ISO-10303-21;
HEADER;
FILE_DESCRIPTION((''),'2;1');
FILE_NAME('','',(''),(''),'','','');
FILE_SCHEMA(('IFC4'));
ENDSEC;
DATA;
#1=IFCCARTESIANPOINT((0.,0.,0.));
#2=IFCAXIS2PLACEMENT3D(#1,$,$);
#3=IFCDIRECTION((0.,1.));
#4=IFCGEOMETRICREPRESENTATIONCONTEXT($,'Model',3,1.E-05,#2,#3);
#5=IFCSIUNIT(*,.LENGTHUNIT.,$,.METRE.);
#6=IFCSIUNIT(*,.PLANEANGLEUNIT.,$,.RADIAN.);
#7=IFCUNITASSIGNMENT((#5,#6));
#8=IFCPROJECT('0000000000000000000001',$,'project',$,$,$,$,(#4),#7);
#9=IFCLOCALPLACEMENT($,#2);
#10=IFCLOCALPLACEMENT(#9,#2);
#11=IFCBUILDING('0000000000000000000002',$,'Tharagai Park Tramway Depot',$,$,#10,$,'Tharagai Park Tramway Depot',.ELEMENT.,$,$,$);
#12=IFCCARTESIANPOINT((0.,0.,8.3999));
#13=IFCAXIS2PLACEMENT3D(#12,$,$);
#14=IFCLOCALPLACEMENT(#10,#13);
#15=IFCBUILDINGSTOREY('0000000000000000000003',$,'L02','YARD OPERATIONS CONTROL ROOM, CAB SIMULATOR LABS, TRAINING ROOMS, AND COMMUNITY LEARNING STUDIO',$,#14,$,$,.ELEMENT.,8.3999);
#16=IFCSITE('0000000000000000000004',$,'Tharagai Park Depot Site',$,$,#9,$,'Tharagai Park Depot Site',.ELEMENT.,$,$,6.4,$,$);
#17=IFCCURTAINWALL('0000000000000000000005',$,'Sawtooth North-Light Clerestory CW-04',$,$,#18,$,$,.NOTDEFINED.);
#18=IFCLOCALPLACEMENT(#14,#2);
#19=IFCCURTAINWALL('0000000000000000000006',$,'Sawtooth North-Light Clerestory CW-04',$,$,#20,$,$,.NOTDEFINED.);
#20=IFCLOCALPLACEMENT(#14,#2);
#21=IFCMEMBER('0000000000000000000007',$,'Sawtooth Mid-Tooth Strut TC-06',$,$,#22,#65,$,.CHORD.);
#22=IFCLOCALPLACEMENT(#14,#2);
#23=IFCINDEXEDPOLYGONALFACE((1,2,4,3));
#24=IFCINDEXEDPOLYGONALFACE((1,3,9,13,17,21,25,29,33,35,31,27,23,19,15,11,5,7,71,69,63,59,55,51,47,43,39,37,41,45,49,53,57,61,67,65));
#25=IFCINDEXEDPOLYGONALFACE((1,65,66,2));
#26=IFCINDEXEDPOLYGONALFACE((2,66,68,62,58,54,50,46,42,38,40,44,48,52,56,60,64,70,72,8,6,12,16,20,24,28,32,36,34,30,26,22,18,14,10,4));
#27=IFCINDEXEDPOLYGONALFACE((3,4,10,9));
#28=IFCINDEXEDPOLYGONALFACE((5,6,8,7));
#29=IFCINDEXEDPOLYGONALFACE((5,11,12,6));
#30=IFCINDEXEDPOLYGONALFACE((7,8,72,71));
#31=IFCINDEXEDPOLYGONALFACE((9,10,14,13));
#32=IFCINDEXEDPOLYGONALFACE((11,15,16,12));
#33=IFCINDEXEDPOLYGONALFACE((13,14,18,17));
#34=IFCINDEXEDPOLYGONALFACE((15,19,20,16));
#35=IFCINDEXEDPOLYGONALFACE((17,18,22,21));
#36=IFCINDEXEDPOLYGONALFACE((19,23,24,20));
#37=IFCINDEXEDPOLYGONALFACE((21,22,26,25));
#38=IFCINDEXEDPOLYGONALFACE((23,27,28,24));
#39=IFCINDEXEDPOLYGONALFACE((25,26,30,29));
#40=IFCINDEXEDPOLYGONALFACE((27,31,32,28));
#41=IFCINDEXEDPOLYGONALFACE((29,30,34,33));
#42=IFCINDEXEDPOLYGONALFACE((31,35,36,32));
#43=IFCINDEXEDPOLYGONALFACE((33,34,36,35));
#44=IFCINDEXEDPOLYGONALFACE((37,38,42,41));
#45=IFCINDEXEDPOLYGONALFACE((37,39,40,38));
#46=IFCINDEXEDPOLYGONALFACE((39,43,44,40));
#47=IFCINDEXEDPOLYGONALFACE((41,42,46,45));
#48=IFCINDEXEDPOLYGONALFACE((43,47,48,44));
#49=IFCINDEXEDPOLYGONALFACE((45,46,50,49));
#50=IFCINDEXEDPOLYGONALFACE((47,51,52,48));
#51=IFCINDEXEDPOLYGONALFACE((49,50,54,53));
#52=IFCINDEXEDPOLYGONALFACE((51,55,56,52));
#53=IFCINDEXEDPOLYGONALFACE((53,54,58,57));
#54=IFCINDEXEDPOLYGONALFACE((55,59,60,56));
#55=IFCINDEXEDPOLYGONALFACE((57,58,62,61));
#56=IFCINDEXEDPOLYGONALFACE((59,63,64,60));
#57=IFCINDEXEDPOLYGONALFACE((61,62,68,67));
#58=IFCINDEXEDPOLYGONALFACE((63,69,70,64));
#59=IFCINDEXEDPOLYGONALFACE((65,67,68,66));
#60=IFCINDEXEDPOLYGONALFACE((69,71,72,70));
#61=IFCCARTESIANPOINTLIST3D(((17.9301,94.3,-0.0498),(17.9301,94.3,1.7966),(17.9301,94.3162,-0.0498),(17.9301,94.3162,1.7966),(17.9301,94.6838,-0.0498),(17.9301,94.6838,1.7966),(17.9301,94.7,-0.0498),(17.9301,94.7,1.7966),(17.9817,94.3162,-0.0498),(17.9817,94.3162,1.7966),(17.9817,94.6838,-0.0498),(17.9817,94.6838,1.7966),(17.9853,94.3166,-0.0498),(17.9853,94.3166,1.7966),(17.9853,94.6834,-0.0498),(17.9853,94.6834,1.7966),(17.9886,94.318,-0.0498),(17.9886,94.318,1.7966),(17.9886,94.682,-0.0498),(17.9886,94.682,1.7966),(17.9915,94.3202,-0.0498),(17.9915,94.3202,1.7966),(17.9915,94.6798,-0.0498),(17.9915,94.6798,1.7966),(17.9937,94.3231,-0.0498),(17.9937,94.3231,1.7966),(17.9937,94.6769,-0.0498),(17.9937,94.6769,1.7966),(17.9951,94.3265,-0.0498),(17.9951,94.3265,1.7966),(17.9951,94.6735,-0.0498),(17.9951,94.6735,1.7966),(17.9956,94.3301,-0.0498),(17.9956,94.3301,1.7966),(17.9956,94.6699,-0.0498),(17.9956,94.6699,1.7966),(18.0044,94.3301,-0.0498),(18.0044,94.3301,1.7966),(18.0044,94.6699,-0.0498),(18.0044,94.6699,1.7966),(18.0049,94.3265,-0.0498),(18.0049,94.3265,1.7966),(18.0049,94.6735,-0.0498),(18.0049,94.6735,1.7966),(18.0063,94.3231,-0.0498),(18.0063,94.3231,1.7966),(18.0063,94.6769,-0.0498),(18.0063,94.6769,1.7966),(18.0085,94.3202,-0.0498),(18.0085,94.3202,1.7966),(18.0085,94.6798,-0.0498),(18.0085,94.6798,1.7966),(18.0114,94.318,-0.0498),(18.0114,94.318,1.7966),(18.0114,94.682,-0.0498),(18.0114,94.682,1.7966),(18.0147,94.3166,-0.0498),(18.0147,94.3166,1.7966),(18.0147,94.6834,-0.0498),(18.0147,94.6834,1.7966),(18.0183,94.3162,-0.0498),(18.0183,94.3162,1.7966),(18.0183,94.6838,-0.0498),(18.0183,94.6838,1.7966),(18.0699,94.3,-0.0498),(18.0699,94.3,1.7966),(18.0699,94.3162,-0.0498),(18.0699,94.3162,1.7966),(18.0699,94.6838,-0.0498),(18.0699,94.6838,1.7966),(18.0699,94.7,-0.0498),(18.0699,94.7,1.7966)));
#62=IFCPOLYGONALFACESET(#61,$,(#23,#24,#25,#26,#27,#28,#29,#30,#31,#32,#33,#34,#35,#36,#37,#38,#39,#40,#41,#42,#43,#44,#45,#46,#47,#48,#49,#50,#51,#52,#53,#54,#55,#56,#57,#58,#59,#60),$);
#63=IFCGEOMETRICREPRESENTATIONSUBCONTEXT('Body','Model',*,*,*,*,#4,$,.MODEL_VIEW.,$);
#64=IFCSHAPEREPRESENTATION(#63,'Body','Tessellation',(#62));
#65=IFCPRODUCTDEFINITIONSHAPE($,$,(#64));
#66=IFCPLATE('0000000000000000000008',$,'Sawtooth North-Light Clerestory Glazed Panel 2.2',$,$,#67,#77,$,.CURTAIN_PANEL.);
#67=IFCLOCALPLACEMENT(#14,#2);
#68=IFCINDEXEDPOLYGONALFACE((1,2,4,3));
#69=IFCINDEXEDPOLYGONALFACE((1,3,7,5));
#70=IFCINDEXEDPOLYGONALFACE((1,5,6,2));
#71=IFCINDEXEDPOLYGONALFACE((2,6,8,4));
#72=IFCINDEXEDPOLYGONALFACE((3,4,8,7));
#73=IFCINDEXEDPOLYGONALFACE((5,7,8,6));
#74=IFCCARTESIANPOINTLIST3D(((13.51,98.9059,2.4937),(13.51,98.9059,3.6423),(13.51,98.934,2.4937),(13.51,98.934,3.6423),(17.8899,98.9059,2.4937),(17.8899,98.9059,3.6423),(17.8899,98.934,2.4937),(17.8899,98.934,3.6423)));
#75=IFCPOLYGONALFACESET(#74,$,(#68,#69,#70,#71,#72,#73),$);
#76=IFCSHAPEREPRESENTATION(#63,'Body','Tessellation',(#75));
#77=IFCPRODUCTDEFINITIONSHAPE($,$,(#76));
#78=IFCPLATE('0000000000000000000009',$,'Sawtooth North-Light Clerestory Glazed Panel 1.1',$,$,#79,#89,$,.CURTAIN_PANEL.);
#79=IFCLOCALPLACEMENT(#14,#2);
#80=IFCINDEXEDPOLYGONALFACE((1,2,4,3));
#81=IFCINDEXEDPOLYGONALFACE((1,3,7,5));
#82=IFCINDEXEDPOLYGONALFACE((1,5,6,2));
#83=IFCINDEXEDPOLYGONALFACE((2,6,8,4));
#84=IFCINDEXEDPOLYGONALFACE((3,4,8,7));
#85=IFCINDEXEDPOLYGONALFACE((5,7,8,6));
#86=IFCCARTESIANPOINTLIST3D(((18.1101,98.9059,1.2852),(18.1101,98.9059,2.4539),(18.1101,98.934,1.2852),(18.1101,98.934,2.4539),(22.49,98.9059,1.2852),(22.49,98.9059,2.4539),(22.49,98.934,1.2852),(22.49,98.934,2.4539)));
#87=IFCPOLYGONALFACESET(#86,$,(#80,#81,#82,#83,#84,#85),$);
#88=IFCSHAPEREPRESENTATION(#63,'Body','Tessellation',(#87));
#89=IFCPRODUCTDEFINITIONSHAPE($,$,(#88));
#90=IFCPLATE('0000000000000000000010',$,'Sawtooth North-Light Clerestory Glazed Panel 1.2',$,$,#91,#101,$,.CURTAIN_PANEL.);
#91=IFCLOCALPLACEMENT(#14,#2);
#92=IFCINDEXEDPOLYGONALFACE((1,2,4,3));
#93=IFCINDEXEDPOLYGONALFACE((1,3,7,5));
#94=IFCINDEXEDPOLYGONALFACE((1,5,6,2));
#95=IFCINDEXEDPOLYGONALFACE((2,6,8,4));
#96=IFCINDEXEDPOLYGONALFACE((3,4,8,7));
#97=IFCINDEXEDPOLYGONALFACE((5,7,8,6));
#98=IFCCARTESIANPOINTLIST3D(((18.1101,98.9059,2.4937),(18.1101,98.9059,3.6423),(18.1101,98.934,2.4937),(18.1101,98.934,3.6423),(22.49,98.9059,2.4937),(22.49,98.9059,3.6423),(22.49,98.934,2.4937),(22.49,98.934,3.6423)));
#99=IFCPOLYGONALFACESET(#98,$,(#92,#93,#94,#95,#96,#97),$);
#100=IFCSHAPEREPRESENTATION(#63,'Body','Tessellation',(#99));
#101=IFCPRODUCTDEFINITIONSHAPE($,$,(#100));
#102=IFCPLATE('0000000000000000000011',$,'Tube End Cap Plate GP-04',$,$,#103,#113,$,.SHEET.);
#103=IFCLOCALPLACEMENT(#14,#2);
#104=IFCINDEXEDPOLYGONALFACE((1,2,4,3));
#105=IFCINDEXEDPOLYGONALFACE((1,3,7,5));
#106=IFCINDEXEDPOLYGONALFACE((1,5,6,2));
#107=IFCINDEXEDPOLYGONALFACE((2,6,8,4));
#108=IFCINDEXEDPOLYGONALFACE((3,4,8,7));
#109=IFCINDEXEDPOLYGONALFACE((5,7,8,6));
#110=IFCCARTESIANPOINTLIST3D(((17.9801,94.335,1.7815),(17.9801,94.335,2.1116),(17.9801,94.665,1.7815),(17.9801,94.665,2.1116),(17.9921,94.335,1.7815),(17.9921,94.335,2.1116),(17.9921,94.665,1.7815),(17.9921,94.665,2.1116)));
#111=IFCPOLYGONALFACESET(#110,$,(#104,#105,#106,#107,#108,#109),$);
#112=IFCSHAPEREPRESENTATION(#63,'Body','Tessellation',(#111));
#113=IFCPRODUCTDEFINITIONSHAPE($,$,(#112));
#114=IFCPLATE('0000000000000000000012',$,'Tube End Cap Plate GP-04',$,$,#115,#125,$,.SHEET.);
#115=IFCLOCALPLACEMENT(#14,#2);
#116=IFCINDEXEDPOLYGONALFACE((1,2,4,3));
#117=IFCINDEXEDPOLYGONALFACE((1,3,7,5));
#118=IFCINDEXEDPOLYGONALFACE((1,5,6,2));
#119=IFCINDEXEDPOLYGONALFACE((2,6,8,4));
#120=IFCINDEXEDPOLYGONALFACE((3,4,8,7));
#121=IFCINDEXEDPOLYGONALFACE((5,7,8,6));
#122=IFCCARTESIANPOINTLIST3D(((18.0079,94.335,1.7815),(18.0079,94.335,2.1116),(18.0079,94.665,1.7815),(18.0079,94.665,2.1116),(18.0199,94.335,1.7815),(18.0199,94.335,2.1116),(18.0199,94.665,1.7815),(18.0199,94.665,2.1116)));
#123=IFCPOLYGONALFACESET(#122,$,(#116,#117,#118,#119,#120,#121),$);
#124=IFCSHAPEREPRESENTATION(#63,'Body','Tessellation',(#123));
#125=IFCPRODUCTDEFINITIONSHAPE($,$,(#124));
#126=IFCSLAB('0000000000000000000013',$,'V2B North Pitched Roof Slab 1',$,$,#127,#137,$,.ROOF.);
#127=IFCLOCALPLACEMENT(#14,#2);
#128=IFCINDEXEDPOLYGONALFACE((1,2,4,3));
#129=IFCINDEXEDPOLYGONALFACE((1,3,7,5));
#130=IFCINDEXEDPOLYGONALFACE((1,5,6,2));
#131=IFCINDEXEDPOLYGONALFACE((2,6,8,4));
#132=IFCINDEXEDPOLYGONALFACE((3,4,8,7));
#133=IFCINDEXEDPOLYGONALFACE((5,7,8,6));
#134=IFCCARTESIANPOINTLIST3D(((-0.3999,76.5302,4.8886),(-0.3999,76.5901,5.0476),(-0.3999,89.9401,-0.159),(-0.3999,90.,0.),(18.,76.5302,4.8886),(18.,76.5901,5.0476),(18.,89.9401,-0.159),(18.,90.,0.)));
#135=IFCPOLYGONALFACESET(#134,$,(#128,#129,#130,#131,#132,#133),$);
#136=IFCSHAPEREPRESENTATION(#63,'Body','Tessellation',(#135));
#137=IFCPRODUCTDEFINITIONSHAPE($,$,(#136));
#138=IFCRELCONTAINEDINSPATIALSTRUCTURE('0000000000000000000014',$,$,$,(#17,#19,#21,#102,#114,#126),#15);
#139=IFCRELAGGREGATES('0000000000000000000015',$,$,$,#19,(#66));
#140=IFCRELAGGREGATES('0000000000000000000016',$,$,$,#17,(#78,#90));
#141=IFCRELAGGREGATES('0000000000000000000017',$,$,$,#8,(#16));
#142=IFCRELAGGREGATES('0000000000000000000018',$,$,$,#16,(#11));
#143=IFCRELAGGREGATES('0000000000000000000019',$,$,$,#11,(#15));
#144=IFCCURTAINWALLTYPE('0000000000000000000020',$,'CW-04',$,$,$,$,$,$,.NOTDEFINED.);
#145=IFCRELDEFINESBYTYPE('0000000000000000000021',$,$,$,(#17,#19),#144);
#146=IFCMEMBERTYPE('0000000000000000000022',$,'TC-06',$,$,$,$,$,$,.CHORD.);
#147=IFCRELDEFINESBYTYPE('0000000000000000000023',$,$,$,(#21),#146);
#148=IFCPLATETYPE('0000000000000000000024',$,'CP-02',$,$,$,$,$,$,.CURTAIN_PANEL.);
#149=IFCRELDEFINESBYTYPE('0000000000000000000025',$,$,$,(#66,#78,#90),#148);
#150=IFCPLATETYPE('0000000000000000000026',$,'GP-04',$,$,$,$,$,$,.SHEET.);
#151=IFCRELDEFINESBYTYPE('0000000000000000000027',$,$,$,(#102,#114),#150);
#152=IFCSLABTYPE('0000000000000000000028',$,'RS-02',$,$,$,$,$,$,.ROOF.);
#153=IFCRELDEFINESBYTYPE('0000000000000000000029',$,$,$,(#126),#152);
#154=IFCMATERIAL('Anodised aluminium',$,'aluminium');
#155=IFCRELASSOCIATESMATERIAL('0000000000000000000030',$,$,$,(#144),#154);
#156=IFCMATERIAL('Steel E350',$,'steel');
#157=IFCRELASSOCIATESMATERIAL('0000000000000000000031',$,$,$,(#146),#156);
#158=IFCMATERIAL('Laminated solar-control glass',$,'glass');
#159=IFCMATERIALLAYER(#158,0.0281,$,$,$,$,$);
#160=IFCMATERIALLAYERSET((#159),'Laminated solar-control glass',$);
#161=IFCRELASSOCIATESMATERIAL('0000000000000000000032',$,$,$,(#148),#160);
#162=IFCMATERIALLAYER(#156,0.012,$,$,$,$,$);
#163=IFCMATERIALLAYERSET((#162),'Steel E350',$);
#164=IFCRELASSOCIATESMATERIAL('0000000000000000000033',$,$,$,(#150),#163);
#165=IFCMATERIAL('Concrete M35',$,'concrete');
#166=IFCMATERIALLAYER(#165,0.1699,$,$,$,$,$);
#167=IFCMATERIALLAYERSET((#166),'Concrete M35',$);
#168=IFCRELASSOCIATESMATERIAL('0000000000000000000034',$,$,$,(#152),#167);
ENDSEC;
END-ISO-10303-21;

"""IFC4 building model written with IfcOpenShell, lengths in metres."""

from ifc_helpers import new_model, si_unit, direction, frame, origin, origin_2d, place, context, subcontext, project, spatial, polyline, rectangle, i_section, outline, extrude, material, layer, layer_set, material_profile, profile_set, type_object, element, aggregate, save


model = new_model("IFC4")

# Units and contexts
model_context = context("Model", 3, precision=1e-05, world=origin(), true_north=direction((0.0, 1.0)))
body_context = subcontext(model_context, "Body", "Model", "MODEL_VIEW")
ifc_project = project(units=[si_unit("LENGTHUNIT", "METRE"), si_unit("PLANEANGLEUNIT", "RADIAN")], contexts=[model_context])

# Site, building, storey
site_placement = place(None, origin())
site = spatial("IfcSite", under=ifc_project, at=site_placement, Name="Tharagai Park Depot Site", LongName="Tharagai Park Depot Site", CompositionType="ELEMENT", RefElevation=6.4)
building_placement = place(site_placement, origin())
building = spatial("IfcBuilding", under=site, at=building_placement, Name="Tharagai Park Tramway Depot", LongName="Tharagai Park Tramway Depot", CompositionType="ELEMENT")
storey_placement = place(building_placement, frame((0.0, 0.0, 8.3999)))
storey = spatial("IfcBuildingStorey", under=building, at=storey_placement, Name="L02", Description="YARD OPERATIONS CONTROL ROOM, CAB SIMULATOR LABS, TRAINING ROOMS, AND COMMUNITY LEARNING STUDIO", CompositionType="ELEMENT", Elevation=8.3999)

# Shared definitions
ifc_material_1 = material(Name="Steel E350", Category="steel")

# Curtain wall
ifc_material_2 = material(Name="Anodised aluminium", Category="aluminium")
curtain_wall_type = type_object("IfcCurtainWallType", Name="CW-04", PredefinedType="NOTDEFINED", material=ifc_material_2)
curtain_wall_1_placement = place(storey_placement, origin())
curtain_wall_1 = element("IfcCurtainWall", 1, at=curtain_wall_1_placement, inside=storey, type_object=curtain_wall_type, Name="Sawtooth North-Light Clerestory CW-04", PredefinedType="NOTDEFINED")

# Curtain wall
curtain_wall_2_placement = place(storey_placement, origin())
curtain_wall_2 = element("IfcCurtainWall", 2, at=curtain_wall_2_placement, inside=storey, type_object=curtain_wall_type, Name="Sawtooth North-Light Clerestory CW-04", PredefinedType="NOTDEFINED")

# Member
ifc_material_profile_1 = material_profile(ifc_material_1, i_section(OverallWidth=0.1399, OverallDepth=0.3999, WebThickness=0.0088, FlangeThickness=0.0161, FilletRadius=0.0139, at=origin_2d()), Name="ISMB 400")
ifc_profile_set_1 = profile_set([ifc_material_profile_1], Name="Steel E350")
member_type_1 = type_object("IfcMemberType", Name="TC-06", PredefinedType="CHORD", material=ifc_profile_set_1)
member_1_placement = place(storey_placement, frame((18.0, 94.5, -0.0498), z_axis=(0.0, 0.0, 1.0), x_axis=(1.0, 0.0, 0.0)))
element("IfcMember", 3, at=member_1_placement, inside=storey, type_object=member_type_1, Name="Sawtooth Mid-Tooth Strut TC-06", PredefinedType="CHORD", context=body_context, shape_type="SweptSolid", body=[
    extrude(i_section(OverallWidth=0.1399, OverallDepth=0.3999, WebThickness=0.0088, FlangeThickness=0.0161, FilletRadius=0.0139, at=origin_2d()), origin(), (0.0, 0.0, 1.0), 1.8464),
])

# Plates
ifc_material_3 = material(Name="Laminated solar-control glass", Category="glass")
ifc_layer_1 = layer(ifc_material_3, 0.0281)
ifc_layer_set_1 = layer_set([ifc_layer_1], Name="Laminated solar-control glass")
plate_type_1 = type_object("IfcPlateType", Name="CP-02", PredefinedType="CURTAIN_PANEL", material=ifc_layer_set_1)
plate_1_placement = place(storey_placement, frame((15.7, 98.9199, 2.4937), z_axis=(0.0, 0.0, 1.0), x_axis=(1.0, 0.0, 0.0)))
plate_1 = element("IfcPlate", 4, at=plate_1_placement, type_object=plate_type_1, Name="Sawtooth North-Light Clerestory Glazed Panel 2.2", PredefinedType="CURTAIN_PANEL", context=body_context, shape_type="SweptSolid", body=[
    extrude(rectangle(XDim=4.3799, YDim=0.0281, at=origin_2d()), origin(), (0.0, 0.0, 1.0), 1.1487),
])
aggregate(curtain_wall_2, [plate_1])
plate_2_placement = place(storey_placement, frame((20.3, 98.9199, 1.2852), z_axis=(0.0, 0.0, 1.0), x_axis=(1.0, 0.0, 0.0)))
plate_2 = element("IfcPlate", 5, at=plate_2_placement, type_object=plate_type_1, Name="Sawtooth North-Light Clerestory Glazed Panel 1.1", PredefinedType="CURTAIN_PANEL", context=body_context, shape_type="SweptSolid", body=[
    extrude(rectangle(XDim=4.3799, YDim=0.0281, at=origin_2d()), origin(), (0.0, 0.0, 1.0), 1.1687),
])
plate_3_placement = place(storey_placement, frame((20.3, 98.9199, 2.4937), z_axis=(0.0, 0.0, 1.0), x_axis=(1.0, 0.0, 0.0)))
plate_3 = element("IfcPlate", 6, at=plate_3_placement, type_object=plate_type_1, Name="Sawtooth North-Light Clerestory Glazed Panel 1.2", PredefinedType="CURTAIN_PANEL", context=body_context, shape_type="SweptSolid", body=[
    extrude(rectangle(XDim=4.3799, YDim=0.0281, at=origin_2d()), origin(), (0.0, 0.0, 1.0), 1.1487),
])
aggregate(curtain_wall_1, [plate_2, plate_3])

# Plates
ifc_layer_2 = layer(ifc_material_1, 0.012)
ifc_layer_set_2 = layer_set([ifc_layer_2], Name="Steel E350")
plate_type_2 = type_object("IfcPlateType", Name="GP-04", PredefinedType="SHEET", material=ifc_layer_set_2)
for number, where, z_axis, x_axis, name in (
    (7, (17.9861, 94.5, 1.7815), (0.0, 0.0, 1.0), (1.0, 0.0, 0.0), "Tube End Cap Plate GP-04"),
    (8, (18.0139, 94.5, 1.7815), (0.0, 0.0, 1.0), (1.0, 0.0, 0.0), "Tube End Cap Plate GP-04"),
):
    element("IfcPlate", number, at=place(storey_placement, frame(where, z_axis=z_axis, x_axis=x_axis)), inside=storey, type_object=plate_type_2, Name=name, PredefinedType="SHEET", context=body_context, shape_type="SweptSolid", body=[
        extrude(rectangle(XDim=0.012, YDim=0.3301, at=origin_2d()), origin(), (0.0, 0.0, 1.0), 0.3301),
    ])

# Slab
ifc_material_4 = material(Name="Concrete M35", Category="concrete")
ifc_layer_3 = layer(ifc_material_4, 0.1699)
ifc_layer_set_3 = layer_set([ifc_layer_3], Name="Concrete M35")
slab_type = type_object("IfcSlabType", Name="RS-02", PredefinedType="ROOF", material=ifc_layer_set_3)
slab_placement = place(storey_placement, frame((18.0, 90.0, 0.0), z_axis=(0.0, 0.352279, 0.935895), x_axis=(-1.0, 0.0, 0.0)))
element("IfcSlab", 9, at=slab_placement, inside=storey, type_object=slab_type, Name="V2B North Pitched Roof Slab 1", PredefinedType="ROOF", context=body_context, shape_type="SweptSolid", body=[
    extrude(outline(polyline([(0.0, 0.0), (18.3999, 0.0), (18.3999, 14.3284), (0.0, 14.3284), (0.0, 0.0)])), origin(), (0.0, 0.0, -1.0), 0.1699),
])

save(model, "model.ifc")
